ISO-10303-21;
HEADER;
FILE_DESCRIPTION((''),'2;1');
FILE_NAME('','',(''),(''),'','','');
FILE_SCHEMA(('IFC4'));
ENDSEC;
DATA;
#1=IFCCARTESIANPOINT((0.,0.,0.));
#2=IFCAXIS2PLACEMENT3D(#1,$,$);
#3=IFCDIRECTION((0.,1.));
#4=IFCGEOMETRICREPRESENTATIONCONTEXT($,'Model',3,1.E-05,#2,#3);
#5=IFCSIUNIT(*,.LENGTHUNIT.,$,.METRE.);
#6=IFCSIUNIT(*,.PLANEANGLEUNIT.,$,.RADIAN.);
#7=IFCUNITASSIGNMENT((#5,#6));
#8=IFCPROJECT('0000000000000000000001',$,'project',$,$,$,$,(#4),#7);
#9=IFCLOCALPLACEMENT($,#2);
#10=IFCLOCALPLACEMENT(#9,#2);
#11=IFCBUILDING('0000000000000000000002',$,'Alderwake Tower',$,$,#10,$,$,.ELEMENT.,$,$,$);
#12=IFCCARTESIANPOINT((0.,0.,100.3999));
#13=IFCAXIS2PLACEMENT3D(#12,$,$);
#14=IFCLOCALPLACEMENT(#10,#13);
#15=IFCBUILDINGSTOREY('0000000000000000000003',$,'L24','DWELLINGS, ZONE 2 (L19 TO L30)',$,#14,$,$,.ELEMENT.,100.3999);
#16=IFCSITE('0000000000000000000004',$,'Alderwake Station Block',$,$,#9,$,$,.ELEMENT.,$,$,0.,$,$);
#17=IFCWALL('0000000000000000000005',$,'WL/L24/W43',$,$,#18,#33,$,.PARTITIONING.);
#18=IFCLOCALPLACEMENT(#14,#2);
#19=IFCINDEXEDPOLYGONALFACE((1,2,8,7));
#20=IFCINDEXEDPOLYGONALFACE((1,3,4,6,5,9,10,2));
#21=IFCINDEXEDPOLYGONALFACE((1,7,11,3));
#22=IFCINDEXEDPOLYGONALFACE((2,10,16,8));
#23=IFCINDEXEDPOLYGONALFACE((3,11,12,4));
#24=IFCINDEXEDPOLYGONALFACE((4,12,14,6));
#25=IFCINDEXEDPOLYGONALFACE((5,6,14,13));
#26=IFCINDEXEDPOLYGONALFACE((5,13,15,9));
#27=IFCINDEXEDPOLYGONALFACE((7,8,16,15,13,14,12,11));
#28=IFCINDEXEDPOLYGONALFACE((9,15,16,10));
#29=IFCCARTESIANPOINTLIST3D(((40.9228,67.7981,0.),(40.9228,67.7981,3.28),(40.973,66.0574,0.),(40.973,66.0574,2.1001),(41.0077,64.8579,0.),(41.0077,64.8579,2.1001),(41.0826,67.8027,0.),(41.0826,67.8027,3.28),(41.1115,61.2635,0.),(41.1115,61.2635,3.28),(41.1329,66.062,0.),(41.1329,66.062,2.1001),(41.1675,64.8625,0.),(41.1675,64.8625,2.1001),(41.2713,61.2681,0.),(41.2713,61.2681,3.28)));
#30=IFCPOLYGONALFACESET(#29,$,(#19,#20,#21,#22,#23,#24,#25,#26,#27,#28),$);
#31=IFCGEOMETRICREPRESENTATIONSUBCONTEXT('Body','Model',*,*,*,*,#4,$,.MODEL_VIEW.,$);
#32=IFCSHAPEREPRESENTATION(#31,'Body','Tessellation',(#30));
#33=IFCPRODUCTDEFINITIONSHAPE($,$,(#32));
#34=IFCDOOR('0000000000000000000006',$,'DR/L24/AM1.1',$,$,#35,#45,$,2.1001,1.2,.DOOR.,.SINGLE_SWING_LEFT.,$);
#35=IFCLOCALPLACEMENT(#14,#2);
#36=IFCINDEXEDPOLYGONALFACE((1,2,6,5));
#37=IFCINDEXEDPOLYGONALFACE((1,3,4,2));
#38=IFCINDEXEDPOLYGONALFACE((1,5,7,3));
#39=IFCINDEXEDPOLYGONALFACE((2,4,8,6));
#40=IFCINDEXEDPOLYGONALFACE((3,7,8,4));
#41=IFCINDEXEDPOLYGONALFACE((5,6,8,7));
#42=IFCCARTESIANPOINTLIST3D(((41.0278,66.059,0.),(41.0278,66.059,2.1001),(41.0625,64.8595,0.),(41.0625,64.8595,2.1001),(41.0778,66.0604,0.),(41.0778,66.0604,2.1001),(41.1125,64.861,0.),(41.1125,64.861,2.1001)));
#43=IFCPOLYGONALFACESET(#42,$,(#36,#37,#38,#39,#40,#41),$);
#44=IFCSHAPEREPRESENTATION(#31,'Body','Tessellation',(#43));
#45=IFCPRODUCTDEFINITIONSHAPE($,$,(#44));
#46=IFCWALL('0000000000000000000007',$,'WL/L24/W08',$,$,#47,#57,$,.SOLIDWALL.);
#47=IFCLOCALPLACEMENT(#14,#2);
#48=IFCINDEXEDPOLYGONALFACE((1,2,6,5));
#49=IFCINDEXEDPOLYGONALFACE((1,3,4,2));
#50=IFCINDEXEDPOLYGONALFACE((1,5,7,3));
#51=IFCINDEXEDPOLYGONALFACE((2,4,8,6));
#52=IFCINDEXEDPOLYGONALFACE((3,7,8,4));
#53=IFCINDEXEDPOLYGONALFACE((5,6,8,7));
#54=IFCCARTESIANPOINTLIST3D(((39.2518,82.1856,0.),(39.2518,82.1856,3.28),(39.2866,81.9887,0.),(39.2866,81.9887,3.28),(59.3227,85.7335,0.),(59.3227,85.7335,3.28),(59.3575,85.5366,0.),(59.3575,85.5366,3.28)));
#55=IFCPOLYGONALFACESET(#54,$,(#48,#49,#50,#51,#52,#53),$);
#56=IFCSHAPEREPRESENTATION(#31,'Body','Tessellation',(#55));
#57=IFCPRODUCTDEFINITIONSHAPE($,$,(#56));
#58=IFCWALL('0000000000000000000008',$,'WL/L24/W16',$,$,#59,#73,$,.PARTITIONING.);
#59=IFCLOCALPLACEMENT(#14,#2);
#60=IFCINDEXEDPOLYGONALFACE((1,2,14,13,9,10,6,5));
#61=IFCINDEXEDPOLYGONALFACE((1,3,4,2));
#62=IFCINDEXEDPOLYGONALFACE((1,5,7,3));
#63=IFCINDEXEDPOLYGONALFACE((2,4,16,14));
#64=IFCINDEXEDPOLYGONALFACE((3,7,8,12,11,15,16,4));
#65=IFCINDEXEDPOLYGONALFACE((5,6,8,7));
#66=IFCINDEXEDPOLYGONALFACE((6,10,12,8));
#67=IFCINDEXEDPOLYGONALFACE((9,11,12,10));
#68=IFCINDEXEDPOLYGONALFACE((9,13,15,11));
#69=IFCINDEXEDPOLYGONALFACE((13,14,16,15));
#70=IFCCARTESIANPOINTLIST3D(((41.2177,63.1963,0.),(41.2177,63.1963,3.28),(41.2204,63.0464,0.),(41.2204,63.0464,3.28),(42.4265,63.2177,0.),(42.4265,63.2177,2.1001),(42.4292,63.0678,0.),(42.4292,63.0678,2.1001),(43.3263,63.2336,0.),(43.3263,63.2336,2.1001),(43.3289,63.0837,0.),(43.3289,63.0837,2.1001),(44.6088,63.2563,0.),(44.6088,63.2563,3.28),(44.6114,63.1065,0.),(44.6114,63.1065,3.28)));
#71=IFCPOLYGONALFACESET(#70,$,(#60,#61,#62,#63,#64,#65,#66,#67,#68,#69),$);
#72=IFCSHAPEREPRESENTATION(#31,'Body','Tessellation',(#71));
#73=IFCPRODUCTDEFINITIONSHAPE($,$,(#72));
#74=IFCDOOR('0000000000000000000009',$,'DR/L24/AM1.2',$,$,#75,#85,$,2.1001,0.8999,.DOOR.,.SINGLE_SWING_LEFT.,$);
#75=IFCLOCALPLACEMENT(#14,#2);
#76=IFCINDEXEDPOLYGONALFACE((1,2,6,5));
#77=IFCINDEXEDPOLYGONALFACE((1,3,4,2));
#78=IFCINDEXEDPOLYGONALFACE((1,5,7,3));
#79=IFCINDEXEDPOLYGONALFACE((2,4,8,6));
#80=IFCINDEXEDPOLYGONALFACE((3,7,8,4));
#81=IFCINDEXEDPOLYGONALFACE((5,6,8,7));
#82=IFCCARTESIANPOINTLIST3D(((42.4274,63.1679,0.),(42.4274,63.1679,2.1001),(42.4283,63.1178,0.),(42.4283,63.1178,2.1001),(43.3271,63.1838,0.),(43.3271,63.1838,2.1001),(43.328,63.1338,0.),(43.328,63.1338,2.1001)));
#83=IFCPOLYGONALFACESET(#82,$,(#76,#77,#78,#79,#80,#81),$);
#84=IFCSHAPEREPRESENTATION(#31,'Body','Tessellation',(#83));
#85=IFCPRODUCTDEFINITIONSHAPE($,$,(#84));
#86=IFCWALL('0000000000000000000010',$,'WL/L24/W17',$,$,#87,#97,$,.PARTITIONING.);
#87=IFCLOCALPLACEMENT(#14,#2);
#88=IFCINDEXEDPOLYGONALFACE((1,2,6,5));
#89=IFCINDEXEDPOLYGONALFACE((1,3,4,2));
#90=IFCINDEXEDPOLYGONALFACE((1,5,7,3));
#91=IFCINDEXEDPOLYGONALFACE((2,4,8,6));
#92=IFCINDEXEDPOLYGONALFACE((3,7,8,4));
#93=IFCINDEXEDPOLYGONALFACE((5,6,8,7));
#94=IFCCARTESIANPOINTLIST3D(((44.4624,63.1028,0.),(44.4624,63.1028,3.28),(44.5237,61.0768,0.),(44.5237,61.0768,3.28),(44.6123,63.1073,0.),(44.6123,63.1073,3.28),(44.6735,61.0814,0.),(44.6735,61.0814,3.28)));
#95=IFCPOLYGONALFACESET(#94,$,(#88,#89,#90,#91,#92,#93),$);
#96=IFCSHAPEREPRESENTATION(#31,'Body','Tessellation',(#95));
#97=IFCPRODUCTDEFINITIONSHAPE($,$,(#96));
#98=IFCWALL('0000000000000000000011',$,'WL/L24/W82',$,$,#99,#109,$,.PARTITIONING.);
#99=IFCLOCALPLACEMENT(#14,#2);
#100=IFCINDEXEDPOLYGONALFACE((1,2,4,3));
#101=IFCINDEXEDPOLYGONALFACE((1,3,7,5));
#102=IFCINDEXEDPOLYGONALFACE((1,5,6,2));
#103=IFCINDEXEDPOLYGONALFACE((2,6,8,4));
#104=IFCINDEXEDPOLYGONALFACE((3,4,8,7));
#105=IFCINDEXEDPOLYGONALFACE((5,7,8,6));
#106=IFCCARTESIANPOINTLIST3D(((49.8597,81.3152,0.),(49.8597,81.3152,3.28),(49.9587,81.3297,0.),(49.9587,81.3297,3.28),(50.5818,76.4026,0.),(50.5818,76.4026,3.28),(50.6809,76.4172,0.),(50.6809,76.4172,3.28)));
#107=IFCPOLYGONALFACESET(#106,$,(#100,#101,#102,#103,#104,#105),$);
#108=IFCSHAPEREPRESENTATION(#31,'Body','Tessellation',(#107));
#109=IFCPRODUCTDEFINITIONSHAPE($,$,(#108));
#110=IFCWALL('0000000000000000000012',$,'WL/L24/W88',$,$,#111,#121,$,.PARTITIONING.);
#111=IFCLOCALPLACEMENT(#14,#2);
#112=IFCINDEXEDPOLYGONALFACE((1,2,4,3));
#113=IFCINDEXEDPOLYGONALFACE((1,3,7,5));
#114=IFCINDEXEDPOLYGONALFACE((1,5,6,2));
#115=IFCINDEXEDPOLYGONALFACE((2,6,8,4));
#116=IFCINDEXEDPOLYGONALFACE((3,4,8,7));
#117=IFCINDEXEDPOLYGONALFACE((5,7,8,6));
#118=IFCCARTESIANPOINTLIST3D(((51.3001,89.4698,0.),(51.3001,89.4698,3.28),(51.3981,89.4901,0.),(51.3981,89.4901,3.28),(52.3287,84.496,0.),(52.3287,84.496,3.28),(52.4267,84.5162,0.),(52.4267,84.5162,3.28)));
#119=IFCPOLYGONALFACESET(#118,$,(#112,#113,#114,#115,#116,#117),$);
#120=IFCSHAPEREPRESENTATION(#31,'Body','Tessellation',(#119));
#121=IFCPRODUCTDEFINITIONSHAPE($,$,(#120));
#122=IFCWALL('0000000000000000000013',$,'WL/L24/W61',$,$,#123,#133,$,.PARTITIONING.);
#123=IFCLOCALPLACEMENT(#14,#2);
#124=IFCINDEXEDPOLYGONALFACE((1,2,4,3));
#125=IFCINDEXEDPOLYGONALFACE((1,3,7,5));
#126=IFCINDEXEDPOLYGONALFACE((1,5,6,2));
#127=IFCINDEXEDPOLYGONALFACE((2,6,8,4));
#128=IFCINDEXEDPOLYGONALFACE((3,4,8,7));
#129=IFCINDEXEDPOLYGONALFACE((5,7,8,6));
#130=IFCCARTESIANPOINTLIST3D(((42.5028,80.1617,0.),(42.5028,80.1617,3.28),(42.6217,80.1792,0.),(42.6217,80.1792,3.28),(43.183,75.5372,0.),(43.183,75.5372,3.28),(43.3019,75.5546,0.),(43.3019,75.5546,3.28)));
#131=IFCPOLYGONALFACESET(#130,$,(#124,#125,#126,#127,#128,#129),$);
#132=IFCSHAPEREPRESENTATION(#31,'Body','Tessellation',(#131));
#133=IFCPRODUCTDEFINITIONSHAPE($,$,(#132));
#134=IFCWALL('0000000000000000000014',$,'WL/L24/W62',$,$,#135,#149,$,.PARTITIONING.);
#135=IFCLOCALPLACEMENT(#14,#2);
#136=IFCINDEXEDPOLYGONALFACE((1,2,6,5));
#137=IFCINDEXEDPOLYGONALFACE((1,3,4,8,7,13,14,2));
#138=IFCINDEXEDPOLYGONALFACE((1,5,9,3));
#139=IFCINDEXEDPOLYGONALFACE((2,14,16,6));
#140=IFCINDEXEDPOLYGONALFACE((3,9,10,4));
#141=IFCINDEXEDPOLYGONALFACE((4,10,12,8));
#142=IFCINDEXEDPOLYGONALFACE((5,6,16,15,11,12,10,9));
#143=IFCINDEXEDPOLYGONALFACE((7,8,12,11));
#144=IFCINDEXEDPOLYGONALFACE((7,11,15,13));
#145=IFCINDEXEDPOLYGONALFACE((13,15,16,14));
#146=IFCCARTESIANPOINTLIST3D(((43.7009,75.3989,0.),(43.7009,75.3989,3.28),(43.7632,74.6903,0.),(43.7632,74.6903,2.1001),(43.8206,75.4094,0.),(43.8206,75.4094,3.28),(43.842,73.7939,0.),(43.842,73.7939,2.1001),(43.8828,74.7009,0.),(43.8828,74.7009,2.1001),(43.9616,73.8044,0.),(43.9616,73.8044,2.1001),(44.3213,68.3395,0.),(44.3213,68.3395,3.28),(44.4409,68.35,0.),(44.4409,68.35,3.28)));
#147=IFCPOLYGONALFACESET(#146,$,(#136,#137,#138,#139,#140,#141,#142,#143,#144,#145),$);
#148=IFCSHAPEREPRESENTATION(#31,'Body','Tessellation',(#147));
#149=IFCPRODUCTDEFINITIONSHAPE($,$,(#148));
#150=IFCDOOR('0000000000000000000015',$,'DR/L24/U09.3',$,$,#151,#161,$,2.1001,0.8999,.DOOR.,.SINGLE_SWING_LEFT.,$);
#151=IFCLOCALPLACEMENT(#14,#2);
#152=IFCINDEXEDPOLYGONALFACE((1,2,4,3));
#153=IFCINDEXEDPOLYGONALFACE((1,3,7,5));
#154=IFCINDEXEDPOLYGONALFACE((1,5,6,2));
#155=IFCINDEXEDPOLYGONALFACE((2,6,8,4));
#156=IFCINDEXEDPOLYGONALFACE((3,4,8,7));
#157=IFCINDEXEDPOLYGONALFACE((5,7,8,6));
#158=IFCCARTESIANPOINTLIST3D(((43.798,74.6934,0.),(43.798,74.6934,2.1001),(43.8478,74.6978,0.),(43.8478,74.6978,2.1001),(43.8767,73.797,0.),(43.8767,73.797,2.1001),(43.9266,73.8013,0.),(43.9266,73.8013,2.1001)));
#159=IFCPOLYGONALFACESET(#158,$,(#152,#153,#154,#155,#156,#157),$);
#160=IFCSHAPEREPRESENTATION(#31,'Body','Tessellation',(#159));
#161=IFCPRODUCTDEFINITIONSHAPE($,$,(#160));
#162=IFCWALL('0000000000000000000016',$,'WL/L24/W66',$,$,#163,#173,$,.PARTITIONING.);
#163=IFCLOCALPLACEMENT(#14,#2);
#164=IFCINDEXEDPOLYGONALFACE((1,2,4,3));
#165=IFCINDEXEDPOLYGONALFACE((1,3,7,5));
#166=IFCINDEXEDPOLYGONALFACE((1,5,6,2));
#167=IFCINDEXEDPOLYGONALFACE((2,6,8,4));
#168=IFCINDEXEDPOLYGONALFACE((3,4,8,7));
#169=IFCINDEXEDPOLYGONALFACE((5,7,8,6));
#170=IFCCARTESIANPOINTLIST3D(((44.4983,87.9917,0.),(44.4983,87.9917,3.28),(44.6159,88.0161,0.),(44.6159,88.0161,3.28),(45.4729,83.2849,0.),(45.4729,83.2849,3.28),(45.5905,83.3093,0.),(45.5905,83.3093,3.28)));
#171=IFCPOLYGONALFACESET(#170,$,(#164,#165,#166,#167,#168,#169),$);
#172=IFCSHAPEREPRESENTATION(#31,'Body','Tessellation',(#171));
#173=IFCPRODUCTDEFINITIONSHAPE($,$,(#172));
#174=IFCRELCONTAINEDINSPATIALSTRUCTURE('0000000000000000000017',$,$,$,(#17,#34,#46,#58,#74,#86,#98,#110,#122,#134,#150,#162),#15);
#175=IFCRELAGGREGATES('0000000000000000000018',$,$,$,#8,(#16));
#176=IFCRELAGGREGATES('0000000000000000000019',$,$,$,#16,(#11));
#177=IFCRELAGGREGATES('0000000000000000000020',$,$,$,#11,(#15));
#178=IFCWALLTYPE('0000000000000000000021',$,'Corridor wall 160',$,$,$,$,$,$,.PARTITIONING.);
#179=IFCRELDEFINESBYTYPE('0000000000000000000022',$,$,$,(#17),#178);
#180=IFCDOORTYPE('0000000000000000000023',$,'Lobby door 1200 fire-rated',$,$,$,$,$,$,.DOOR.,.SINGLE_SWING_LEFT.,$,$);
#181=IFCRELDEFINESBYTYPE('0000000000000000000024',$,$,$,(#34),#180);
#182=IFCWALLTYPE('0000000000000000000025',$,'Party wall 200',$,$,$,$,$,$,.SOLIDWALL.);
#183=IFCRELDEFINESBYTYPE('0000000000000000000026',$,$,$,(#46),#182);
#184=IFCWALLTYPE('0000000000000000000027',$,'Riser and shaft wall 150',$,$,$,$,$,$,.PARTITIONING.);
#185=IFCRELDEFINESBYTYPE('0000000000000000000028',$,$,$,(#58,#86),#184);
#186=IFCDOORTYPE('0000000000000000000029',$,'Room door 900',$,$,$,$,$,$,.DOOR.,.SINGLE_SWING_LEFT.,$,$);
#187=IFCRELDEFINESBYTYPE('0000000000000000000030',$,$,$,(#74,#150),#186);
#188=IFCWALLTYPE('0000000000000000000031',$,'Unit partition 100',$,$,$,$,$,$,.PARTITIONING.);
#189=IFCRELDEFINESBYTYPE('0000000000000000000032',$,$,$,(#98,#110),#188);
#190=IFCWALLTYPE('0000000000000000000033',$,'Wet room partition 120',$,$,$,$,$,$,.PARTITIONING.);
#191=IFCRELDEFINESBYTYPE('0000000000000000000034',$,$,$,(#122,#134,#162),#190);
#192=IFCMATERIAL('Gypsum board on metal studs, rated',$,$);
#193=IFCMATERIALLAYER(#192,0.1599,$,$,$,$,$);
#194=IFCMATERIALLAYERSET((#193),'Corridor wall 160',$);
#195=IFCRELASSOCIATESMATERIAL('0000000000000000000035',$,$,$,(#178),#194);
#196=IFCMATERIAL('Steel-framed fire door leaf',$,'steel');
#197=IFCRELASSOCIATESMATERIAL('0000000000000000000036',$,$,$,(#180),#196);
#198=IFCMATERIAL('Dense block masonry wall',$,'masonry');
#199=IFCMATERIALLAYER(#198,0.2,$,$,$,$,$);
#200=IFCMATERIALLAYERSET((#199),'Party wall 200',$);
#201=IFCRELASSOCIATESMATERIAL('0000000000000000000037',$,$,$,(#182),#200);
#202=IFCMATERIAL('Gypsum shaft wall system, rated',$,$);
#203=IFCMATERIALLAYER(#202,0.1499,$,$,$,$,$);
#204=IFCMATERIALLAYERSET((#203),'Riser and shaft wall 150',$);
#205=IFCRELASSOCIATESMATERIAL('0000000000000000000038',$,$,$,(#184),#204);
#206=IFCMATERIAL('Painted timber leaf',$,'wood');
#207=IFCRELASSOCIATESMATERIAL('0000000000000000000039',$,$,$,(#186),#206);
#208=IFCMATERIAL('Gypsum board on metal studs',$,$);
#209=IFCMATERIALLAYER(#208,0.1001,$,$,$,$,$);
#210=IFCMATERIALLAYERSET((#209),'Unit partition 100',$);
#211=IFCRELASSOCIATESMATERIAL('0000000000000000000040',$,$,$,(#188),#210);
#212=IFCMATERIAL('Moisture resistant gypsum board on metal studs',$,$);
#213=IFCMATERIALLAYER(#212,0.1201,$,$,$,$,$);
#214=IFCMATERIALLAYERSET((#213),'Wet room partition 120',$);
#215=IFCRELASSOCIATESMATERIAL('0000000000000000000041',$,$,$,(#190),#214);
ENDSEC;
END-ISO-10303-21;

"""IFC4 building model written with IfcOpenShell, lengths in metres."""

from ifc_helpers import new_model, si_unit, direction, frame, frame_2d, origin, place, context, subcontext, project, spatial, rectangle, extrude, material, layer, layer_set, type_object, element, fill, save


model = new_model("IFC4")

# Units and contexts
model_context = context("Model", 3, precision=1e-05, world=origin(), true_north=direction((0.0, 1.0)))
body_context = subcontext(model_context, "Body", "Model", "MODEL_VIEW")
ifc_project = project(units=[si_unit("LENGTHUNIT", "METRE"), si_unit("PLANEANGLEUNIT", "RADIAN")], contexts=[model_context])

# Site, building, storey
site_placement = place(None, origin())
site = spatial("IfcSite", under=ifc_project, at=site_placement, Name="Alderwake Station Block", CompositionType="ELEMENT", RefElevation=0.0)
building_placement = place(site_placement, origin())
building = spatial("IfcBuilding", under=site, at=building_placement, Name="Alderwake Tower", CompositionType="ELEMENT")
storey_placement = place(building_placement, frame((0.0, 0.0, 100.3999)))
storey = spatial("IfcBuildingStorey", under=building, at=storey_placement, Name="L24", Description="DWELLINGS, ZONE 2 (L19 TO L30)", CompositionType="ELEMENT", Elevation=100.3999)

# Wall, opening, door
ifc_material_1 = material(Name="Gypsum board on metal studs, rated")
ifc_layer_1 = layer(ifc_material_1, 0.1599)
ifc_layer_set_1 = layer_set([ifc_layer_1], Name="Corridor wall 160")
wall_type_1 = type_object("IfcWallType", Name="Corridor wall 160", PredefinedType="PARTITIONING", material=ifc_layer_set_1)
wall_1_placement = place(storey_placement, frame((41.0027, 67.8003, 0.0), z_axis=(0.0, 0.0, 1.0), x_axis=(0.028868, -0.999583, 0.0)))
wall_1 = element("IfcWall", 1, at=wall_1_placement, inside=storey, type_object=wall_type_1, Name="WL/L24/W43", PredefinedType="PARTITIONING", context=body_context, shape_type="SweptSolid", body=[
    extrude(rectangle(XDim=6.5374, YDim=0.1599, at=frame_2d((3.2686, 0.0))), origin(), (0.0, 0.0, 1.0), 3.28),
])
opening_1_placement = place(wall_1_placement, frame((1.7412, 0.0, 0.0)))
opening_1 = element("IfcOpeningElement", 2, at=opening_1_placement, cuts=wall_1, PredefinedType="OPENING", context=body_context, shape_type="SweptSolid", body=[
    extrude(rectangle(XDim=1.2, YDim=2.1001, at=frame_2d((0.6001, 1.05))), frame((0.0, 0.0898, 0.0), z_axis=(0.0, -1.0, 0.0), x_axis=(1.0, 0.0, 0.0)), (0.0, 0.0, 1.0), 0.1799),
])
ifc_material_2 = material(Name="Steel-framed fire door leaf", Category="steel")
door_type_1 = type_object("IfcDoorType", Name="Lobby door 1200 fire-rated", OperationType="SINGLE_SWING_LEFT", PredefinedType="DOOR", material=ifc_material_2)
door_1_placement = place(opening_1_placement, origin())
door_1 = element("IfcDoor", 3, at=door_1_placement, inside=storey, type_object=door_type_1, Name="DR/L24/AM1.1", OperationType="SINGLE_SWING_LEFT", OverallHeight=2.1001, OverallWidth=1.2, PredefinedType="DOOR", context=body_context, shape_type="SweptSolid", body=[
    extrude(rectangle(XDim=1.2, YDim=2.1001, at=frame_2d((0.6001, 1.05))), frame((0.0, 0.0249, 0.0), z_axis=(0.0, -1.0, 0.0), x_axis=(1.0, 0.0, 0.0)), (0.0, 0.0, 1.0), 0.05),
])
fill(opening_1, door_1)

# Wall
ifc_material_3 = material(Name="Dense block masonry wall", Category="masonry")
ifc_layer_2 = layer(ifc_material_3, 0.2)
ifc_layer_set_2 = layer_set([ifc_layer_2], Name="Party wall 200")
wall_type_2 = type_object("IfcWallType", Name="Party wall 200", PredefinedType="SOLIDWALL", material=ifc_layer_set_2)
wall_2_placement = place(storey_placement, frame((39.2693, 82.0872, 0.0), z_axis=(0.0, 0.0, 1.0), x_axis=(0.984734, 0.174068, 0.0)))
element("IfcWall", 4, at=wall_2_placement, inside=storey, type_object=wall_type_2, Name="WL/L24/W08", PredefinedType="SOLIDWALL", context=body_context, shape_type="SweptSolid", body=[
    extrude(rectangle(XDim=20.3821, YDim=0.2, at=frame_2d((10.1909, 0.0))), origin(), (0.0, 0.0, 1.0), 3.28),
])

# Wall, opening, door
ifc_material_4 = material(Name="Gypsum shaft wall system, rated")
ifc_layer_3 = layer(ifc_material_4, 0.1499)
ifc_layer_set_3 = layer_set([ifc_layer_3], Name="Riser and shaft wall 150")
wall_type_3 = type_object("IfcWallType", Name="Riser and shaft wall 150", PredefinedType="PARTITIONING", material=ifc_layer_set_3)
wall_3_placement = place(storey_placement, frame((44.6101, 63.1814, 0.0), z_axis=(0.0, 0.0, 1.0), x_axis=(-0.999843, -0.017708, 0.0)))
wall_3 = element("IfcWall", 5, at=wall_3_placement, inside=storey, type_object=wall_type_3, Name="WL/L24/W16", PredefinedType="PARTITIONING", context=body_context, shape_type="SweptSolid", body=[
    extrude(rectangle(XDim=3.3916, YDim=0.1499, at=frame_2d((1.6958, 0.0))), origin(), (0.0, 0.0, 1.0), 3.28),
])
opening_2_placement = place(wall_3_placement, frame((1.2827, 0.0, 0.0)))
opening_2 = element("IfcOpeningElement", 6, at=opening_2_placement, cuts=wall_3, PredefinedType="OPENING", context=body_context, shape_type="SweptSolid", body=[
    extrude(rectangle(XDim=0.8999, YDim=2.1001, at=frame_2d((0.45, 1.05))), frame((0.0, 0.085, 0.0), z_axis=(0.0, -1.0, 0.0), x_axis=(1.0, 0.0, 0.0)), (0.0, 0.0, 1.0), 0.1699),
])
ifc_material_5 = material(Name="Painted timber leaf", Category="wood")
door_type_2 = type_object("IfcDoorType", Name="Room door 900", OperationType="SINGLE_SWING_LEFT", PredefinedType="DOOR", material=ifc_material_5)
door_2_placement = place(opening_2_placement, origin())
door_2 = element("IfcDoor", 7, at=door_2_placement, inside=storey, type_object=door_type_2, Name="DR/L24/AM1.2", OperationType="SINGLE_SWING_LEFT", OverallHeight=2.1001, OverallWidth=0.8999, PredefinedType="DOOR", context=body_context, shape_type="SweptSolid", body=[
    extrude(rectangle(XDim=0.8999, YDim=2.1001, at=frame_2d((0.45, 1.05))), frame((0.0, 0.0249, 0.0), z_axis=(0.0, -1.0, 0.0), x_axis=(1.0, 0.0, 0.0)), (0.0, 0.0, 1.0), 0.05),
])
fill(opening_2, door_2)

# Walls
wall_4_placement = place(storey_placement, frame((44.5986, 61.0791, 0.0), z_axis=(0.0, 0.0, 1.0), x_axis=(-0.030234, 0.999543, 0.0)))
element("IfcWall", 8, at=wall_4_placement, inside=storey, type_object=wall_type_3, Name="WL/L24/W17", PredefinedType="PARTITIONING", context=body_context, shape_type="SweptSolid", body=[
    extrude(rectangle(XDim=2.0269, YDim=0.1499, at=frame_2d((1.0134, 0.0))), origin(), (0.0, 0.0, 1.0), 3.28),
])
ifc_material_6 = material(Name="Gypsum board on metal studs")
ifc_layer_4 = layer(ifc_material_6, 0.1001)
ifc_layer_set_4 = layer_set([ifc_layer_4], Name="Unit partition 100")
wall_type_4 = type_object("IfcWallType", Name="Unit partition 100", PredefinedType="PARTITIONING", material=ifc_layer_set_4)
wall_5_placement = place(storey_placement, frame((50.6313, 76.4099, 0.0), z_axis=(0.0, 0.0, 1.0), x_axis=(-0.14544, 0.989367, 0.0)))
element("IfcWall", 9, at=wall_5_placement, inside=storey, type_object=wall_type_4, Name="WL/L24/W82", PredefinedType="PARTITIONING", context=body_context, shape_type="SweptSolid", body=[
    extrude(rectangle(XDim=4.9653, YDim=0.1001, at=frame_2d((2.4827, 0.0))), origin(), (0.0, 0.0, 1.0), 3.28),
])
wall_6_placement = place(storey_placement, frame((52.3777, 84.5061, 0.0), z_axis=(0.0, 0.0, 1.0), x_axis=(-0.202509, 0.97928, 0.0)))
element("IfcWall", 10, at=wall_6_placement, inside=storey, type_object=wall_type_4, Name="WL/L24/W88", PredefinedType="PARTITIONING", context=body_context, shape_type="SweptSolid", body=[
    extrude(rectangle(XDim=5.0791, YDim=0.1001, at=frame_2d((2.5396, 0.0))), origin(), (0.0, 0.0, 1.0), 3.28),
])
ifc_material_7 = material(Name="Moisture resistant gypsum board on metal studs")
ifc_layer_5 = layer(ifc_material_7, 0.1201)
ifc_layer_set_5 = layer_set([ifc_layer_5], Name="Wet room partition 120")
wall_type_5 = type_object("IfcWallType", Name="Wet room partition 120", PredefinedType="PARTITIONING", material=ifc_layer_set_5)
wall_7_placement = place(storey_placement, frame((43.2424, 75.5459, 0.0), z_axis=(0.0, 0.0, 1.0), x_axis=(-0.145515, 0.989356, 0.0)))
element("IfcWall", 11, at=wall_7_placement, inside=storey, type_object=wall_type_5, Name="WL/L24/W61", PredefinedType="PARTITIONING", context=body_context, shape_type="SweptSolid", body=[
    extrude(rectangle(XDim=4.6743, YDim=0.1201, at=frame_2d((2.3372, 0.0))), origin(), (0.0, 0.0, 1.0), 3.28),
])

# Wall, opening, door
wall_8_placement = place(storey_placement, frame((43.7607, 75.4043, 0.0), z_axis=(0.0, 0.0, 1.0), x_axis=(0.087538, -0.996161, 0.0)))
wall_8 = element("IfcWall", 12, at=wall_8_placement, inside=storey, type_object=wall_type_5, Name="WL/L24/W62", PredefinedType="PARTITIONING", context=body_context, shape_type="SweptSolid", body=[
    extrude(rectangle(XDim=7.0867, YDim=0.1201, at=frame_2d((3.5435, 0.0))), origin(), (0.0, 0.0, 1.0), 3.28),
])
opening_3_placement = place(wall_8_placement, frame((0.7114, 0.0, 0.0)))
opening_3 = element("IfcOpeningElement", 13, at=opening_3_placement, cuts=wall_8, PredefinedType="OPENING", context=body_context, shape_type="SweptSolid", body=[
    extrude(rectangle(XDim=0.8999, YDim=2.1001, at=frame_2d((0.45, 1.05))), frame((0.0, 0.0701, 0.0), z_axis=(0.0, -1.0, 0.0), x_axis=(1.0, 0.0, 0.0)), (0.0, 0.0, 1.0), 0.1401),
])
door_3_placement = place(opening_3_placement, origin())
door_3 = element("IfcDoor", 14, at=door_3_placement, inside=storey, type_object=door_type_2, Name="DR/L24/U09.3", OperationType="SINGLE_SWING_LEFT", OverallHeight=2.1001, OverallWidth=0.8999, PredefinedType="DOOR", context=body_context, shape_type="SweptSolid", body=[
    extrude(rectangle(XDim=0.8999, YDim=2.1001, at=frame_2d((0.45, 1.05))), frame((0.0, 0.0249, 0.0), z_axis=(0.0, -1.0, 0.0), x_axis=(1.0, 0.0, 0.0)), (0.0, 0.0, 1.0), 0.05),
])
fill(opening_3, door_3)

# Wall
wall_9_placement = place(storey_placement, frame((45.5317, 83.2971, 0.0), z_axis=(0.0, 0.0, 1.0), x_axis=(-0.202763, 0.979228, 0.0)))
element("IfcWall", 15, at=wall_9_placement, inside=storey, type_object=wall_type_5, Name="WL/L24/W66", PredefinedType="PARTITIONING", context=body_context, shape_type="SweptSolid", body=[
    extrude(rectangle(XDim=4.8066, YDim=0.1201, at=frame_2d((2.4033, 0.0))), origin(), (0.0, 0.0, 1.0), 3.28),
])

save(model, "model.ifc")
